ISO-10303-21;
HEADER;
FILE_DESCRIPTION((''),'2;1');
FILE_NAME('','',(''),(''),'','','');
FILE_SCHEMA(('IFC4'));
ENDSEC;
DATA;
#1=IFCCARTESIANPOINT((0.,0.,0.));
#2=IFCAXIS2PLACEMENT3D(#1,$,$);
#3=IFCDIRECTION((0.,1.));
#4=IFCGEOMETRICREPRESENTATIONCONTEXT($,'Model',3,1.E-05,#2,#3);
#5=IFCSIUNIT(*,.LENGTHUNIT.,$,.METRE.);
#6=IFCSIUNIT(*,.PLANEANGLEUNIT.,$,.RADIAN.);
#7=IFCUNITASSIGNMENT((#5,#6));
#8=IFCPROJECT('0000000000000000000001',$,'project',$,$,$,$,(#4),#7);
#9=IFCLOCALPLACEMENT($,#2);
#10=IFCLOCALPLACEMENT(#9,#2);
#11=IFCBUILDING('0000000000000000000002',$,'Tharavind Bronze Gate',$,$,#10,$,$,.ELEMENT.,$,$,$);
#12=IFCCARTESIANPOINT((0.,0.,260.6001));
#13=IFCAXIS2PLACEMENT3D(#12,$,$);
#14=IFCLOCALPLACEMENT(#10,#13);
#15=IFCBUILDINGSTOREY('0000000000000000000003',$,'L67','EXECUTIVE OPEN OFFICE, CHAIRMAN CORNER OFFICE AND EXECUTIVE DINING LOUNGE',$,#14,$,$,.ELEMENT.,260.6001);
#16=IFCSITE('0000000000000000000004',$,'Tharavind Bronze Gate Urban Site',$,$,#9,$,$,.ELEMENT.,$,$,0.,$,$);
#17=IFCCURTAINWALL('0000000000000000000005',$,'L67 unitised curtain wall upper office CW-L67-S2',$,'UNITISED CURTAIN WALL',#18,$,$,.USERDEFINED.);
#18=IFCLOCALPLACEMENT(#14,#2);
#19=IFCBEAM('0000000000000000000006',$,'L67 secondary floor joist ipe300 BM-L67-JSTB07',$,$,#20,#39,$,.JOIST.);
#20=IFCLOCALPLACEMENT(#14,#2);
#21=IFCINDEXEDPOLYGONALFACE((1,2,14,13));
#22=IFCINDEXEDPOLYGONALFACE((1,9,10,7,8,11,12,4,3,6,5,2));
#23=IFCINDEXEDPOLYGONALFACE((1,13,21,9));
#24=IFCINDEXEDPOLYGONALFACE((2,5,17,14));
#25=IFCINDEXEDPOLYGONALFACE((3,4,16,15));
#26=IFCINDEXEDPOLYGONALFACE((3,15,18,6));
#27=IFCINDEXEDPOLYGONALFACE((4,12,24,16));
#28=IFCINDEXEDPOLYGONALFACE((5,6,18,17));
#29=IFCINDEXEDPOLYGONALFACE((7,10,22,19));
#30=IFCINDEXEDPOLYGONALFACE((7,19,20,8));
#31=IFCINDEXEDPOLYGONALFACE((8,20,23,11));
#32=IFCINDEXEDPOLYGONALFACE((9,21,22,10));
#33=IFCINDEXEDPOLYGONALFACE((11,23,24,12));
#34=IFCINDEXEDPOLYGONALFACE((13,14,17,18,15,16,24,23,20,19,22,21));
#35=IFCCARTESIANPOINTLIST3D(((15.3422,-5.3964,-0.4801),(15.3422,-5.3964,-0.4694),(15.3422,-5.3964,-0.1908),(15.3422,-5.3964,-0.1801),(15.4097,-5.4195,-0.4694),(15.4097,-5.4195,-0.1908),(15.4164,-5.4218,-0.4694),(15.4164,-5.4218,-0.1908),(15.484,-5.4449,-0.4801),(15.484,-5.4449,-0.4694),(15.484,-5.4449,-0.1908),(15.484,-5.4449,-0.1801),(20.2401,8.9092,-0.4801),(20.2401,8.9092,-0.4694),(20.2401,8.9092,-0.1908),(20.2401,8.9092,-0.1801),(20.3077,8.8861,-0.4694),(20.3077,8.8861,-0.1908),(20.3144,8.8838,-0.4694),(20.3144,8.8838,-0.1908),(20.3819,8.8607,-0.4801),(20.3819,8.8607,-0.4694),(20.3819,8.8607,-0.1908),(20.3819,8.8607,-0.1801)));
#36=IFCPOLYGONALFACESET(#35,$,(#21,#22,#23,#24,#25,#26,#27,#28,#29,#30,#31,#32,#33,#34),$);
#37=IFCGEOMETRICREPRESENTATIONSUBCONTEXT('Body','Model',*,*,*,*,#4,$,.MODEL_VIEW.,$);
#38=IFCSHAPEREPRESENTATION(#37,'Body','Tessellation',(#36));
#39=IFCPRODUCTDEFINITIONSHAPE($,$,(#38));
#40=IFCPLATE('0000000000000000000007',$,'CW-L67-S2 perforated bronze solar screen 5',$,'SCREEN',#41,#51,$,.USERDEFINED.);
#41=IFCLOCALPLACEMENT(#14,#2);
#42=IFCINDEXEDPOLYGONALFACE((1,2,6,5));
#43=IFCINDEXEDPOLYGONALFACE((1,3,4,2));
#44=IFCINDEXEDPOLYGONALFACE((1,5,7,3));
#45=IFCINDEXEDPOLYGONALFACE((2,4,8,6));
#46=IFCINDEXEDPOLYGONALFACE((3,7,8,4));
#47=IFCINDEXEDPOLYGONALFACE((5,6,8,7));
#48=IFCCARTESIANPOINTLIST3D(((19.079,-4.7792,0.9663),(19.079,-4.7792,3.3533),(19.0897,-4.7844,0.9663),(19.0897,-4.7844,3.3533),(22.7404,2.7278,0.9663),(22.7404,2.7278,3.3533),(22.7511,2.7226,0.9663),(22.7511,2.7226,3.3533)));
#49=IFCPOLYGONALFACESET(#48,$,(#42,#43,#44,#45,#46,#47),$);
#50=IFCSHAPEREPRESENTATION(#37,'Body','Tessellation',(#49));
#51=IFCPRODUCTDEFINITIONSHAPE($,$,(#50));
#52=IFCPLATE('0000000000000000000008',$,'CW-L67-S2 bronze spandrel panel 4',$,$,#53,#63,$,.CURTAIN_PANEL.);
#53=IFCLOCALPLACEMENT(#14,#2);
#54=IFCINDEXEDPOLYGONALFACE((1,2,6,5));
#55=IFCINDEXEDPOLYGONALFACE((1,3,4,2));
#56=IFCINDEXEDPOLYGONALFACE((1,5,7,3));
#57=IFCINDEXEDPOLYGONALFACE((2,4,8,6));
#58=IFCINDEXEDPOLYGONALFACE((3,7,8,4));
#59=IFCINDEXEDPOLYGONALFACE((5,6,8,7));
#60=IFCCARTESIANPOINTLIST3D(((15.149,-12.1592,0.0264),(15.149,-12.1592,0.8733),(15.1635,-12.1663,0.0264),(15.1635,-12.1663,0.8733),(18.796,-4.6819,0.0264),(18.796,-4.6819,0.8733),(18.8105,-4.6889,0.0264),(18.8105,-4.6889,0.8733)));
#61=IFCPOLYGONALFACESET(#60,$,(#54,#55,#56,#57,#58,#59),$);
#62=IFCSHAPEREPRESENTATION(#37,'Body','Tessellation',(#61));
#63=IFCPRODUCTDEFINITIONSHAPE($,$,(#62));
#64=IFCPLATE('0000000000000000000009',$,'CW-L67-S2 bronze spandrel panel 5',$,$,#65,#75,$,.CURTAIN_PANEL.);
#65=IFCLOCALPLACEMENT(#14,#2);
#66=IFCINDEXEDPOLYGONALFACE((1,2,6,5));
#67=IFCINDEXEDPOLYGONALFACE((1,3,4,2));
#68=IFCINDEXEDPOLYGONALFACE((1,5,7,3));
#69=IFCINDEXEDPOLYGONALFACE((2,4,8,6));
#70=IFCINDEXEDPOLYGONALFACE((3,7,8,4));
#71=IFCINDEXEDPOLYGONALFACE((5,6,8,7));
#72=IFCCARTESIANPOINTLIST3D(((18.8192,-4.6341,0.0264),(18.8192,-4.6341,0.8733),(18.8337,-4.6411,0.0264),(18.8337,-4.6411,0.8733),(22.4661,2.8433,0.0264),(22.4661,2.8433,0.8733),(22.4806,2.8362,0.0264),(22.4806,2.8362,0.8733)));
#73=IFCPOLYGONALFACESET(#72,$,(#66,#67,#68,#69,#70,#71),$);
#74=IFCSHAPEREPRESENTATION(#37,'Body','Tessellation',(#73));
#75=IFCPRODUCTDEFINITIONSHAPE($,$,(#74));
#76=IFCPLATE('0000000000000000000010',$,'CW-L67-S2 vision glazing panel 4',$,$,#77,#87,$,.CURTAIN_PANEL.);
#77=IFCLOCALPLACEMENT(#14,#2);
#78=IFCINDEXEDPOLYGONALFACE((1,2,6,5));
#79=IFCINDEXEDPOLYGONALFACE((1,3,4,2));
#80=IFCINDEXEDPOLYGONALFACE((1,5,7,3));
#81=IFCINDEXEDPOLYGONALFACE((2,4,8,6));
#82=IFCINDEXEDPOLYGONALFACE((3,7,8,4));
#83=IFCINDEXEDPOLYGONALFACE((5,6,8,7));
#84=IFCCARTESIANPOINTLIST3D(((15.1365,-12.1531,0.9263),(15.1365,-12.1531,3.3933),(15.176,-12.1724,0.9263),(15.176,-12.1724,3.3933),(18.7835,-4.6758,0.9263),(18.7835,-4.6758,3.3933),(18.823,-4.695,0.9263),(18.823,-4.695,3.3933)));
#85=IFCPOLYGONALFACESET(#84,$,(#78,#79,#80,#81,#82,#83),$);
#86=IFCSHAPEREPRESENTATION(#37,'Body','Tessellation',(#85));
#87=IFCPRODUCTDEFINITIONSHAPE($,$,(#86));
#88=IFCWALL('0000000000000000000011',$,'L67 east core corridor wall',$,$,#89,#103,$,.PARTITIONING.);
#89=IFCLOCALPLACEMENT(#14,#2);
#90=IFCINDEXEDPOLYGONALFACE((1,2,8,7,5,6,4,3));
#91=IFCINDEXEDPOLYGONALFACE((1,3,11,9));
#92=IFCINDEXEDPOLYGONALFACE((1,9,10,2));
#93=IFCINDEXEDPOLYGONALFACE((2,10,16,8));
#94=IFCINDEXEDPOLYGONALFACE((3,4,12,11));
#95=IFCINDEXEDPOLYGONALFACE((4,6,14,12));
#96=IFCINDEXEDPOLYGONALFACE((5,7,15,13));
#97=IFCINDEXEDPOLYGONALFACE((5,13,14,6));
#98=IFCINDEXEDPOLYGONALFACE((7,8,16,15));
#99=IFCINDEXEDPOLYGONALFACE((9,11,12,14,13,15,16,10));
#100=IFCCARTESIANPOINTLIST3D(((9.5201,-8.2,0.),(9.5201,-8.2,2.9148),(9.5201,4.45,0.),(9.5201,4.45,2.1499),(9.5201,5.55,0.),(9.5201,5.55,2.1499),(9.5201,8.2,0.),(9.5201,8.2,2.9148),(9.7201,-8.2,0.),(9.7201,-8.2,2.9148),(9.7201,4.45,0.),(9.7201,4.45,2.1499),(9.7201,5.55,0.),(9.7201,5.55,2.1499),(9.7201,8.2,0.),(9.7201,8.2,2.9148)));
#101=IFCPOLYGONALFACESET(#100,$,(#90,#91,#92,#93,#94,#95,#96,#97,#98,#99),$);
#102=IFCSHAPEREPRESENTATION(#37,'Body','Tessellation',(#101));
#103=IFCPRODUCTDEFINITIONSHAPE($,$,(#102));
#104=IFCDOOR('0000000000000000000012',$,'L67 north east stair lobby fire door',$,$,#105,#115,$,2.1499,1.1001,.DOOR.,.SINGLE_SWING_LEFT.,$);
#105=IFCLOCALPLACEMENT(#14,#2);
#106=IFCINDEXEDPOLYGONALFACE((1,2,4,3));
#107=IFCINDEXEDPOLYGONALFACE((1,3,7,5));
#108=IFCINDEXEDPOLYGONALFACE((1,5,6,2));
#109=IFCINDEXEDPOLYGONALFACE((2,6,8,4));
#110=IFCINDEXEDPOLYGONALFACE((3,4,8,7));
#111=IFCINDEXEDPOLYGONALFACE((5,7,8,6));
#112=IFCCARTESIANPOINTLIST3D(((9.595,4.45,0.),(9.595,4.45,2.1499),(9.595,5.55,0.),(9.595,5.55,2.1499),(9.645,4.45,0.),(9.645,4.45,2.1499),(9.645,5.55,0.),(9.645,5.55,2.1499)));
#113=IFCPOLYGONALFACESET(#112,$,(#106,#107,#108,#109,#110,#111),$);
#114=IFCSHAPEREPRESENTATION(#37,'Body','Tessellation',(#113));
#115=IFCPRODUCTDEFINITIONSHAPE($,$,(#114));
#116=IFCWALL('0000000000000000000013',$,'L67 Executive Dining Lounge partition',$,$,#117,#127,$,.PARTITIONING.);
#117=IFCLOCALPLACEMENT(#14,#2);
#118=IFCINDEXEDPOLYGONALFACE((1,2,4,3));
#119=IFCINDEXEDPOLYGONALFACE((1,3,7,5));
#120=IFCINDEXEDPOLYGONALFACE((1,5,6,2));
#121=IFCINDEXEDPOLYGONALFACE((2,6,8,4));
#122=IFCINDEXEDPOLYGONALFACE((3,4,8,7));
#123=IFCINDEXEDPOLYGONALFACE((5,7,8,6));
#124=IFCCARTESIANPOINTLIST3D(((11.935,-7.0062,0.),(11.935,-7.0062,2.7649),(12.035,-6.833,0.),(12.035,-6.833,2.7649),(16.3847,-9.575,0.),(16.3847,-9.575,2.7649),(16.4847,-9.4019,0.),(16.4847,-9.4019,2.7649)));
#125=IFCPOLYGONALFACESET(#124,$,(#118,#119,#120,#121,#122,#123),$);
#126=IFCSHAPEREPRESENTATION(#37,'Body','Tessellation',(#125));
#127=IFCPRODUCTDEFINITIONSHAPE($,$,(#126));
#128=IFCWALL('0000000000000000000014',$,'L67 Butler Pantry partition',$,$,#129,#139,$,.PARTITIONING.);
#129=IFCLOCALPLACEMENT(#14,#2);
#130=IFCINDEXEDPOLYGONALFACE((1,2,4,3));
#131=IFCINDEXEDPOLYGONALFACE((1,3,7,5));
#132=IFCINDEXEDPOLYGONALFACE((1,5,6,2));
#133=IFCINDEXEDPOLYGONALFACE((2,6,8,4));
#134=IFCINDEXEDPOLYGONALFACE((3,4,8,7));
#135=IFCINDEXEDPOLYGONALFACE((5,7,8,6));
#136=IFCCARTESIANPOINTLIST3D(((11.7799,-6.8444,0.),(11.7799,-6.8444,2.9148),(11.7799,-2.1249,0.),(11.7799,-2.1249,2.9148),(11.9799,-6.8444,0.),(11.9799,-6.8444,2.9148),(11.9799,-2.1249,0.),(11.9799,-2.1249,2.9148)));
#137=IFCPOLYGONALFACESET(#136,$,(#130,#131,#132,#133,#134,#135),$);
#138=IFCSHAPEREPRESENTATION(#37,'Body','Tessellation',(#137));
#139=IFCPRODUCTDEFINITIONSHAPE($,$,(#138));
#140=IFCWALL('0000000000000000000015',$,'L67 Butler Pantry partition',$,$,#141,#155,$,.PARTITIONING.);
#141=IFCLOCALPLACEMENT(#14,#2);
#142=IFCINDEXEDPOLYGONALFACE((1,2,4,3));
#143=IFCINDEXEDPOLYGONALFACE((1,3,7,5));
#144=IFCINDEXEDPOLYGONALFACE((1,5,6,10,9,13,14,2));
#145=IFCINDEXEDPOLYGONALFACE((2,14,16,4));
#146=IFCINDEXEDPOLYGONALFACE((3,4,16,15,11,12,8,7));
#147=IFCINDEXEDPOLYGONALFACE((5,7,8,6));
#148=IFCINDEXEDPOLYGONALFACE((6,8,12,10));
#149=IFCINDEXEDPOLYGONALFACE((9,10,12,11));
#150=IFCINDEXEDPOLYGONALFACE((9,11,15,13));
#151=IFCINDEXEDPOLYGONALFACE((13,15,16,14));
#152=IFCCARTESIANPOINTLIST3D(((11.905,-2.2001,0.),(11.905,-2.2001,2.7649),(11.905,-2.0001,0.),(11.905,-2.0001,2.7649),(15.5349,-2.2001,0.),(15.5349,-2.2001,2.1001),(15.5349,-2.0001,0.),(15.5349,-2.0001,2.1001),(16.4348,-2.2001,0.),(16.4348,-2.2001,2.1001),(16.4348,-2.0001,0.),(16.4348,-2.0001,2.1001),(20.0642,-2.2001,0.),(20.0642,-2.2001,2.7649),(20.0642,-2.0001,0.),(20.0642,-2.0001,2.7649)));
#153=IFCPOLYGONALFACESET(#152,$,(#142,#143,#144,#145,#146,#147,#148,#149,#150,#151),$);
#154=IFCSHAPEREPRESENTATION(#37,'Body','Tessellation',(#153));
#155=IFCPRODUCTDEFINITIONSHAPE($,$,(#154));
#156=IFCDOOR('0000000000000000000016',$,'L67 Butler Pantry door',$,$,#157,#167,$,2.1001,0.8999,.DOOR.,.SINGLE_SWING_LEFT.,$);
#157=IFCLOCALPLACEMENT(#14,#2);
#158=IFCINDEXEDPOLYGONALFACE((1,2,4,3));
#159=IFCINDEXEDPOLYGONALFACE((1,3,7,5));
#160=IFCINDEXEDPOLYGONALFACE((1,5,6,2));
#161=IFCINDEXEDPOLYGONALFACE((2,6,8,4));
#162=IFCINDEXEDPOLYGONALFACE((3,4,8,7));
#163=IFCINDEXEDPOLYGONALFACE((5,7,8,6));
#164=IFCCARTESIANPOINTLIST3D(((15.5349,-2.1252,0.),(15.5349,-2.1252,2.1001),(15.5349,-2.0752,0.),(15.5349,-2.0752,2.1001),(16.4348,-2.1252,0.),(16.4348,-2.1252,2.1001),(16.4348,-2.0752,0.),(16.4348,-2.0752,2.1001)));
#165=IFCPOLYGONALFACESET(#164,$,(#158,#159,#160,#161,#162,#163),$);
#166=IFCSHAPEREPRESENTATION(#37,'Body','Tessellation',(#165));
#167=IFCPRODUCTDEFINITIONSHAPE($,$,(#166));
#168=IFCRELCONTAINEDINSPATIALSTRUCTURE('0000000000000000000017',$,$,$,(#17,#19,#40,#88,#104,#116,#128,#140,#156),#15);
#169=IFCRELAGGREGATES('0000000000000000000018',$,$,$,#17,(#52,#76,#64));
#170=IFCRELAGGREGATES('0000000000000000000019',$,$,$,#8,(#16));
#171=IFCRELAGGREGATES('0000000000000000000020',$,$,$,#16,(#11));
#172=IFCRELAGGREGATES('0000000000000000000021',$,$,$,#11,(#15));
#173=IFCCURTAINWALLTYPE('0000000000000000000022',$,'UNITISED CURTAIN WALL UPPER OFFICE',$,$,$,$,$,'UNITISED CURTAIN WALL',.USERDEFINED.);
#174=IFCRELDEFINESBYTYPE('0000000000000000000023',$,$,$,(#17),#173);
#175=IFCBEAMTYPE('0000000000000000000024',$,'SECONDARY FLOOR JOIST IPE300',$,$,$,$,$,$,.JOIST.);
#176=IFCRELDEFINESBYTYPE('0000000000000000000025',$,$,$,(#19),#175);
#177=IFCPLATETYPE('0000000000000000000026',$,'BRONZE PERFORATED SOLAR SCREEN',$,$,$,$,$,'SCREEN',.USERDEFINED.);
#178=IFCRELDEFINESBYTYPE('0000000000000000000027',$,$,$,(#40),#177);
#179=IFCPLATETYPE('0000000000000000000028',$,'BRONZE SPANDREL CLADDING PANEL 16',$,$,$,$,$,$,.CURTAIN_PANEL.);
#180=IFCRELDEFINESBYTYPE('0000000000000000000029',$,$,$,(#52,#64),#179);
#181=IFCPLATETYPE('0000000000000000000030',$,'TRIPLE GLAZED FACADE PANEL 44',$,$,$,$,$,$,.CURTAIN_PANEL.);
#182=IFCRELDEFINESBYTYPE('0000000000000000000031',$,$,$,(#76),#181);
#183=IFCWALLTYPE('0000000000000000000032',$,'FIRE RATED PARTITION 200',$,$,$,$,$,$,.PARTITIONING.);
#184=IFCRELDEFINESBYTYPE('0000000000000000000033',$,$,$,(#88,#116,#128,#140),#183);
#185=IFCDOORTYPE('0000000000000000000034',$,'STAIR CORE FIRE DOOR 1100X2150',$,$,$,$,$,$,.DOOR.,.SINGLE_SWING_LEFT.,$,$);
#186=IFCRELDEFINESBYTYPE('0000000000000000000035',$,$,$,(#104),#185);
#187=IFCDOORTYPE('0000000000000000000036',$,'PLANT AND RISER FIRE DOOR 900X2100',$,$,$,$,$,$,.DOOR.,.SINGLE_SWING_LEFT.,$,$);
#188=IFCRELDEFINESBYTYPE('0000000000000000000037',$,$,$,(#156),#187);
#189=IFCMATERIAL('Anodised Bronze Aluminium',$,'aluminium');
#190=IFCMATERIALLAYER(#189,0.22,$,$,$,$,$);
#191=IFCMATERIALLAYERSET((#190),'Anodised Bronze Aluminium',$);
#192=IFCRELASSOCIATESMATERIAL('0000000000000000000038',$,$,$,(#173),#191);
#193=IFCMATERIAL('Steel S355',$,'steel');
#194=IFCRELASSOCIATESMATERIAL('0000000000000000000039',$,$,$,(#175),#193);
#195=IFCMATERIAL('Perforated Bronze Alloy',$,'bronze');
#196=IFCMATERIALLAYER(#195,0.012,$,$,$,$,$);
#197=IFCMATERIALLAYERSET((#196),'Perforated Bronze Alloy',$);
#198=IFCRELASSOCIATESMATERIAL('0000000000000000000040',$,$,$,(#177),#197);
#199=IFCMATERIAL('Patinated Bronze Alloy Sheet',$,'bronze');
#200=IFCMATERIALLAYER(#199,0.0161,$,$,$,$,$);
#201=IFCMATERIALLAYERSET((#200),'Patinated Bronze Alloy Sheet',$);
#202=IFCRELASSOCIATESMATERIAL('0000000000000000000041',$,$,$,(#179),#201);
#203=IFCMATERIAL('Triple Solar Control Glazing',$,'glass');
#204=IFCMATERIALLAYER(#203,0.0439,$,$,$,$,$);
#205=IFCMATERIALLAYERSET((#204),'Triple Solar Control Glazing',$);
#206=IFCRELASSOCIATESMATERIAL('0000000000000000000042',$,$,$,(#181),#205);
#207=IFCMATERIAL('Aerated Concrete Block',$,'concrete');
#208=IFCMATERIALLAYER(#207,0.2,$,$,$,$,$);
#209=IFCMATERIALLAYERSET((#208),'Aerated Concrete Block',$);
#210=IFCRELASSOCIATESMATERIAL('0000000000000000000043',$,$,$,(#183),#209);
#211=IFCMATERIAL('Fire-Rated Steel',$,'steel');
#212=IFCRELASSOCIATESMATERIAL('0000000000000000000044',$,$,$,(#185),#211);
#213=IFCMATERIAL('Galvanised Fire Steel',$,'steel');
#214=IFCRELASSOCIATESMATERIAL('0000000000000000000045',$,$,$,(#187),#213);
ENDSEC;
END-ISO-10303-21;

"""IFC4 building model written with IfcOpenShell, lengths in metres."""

from ifc_helpers import new_model, si_unit, direction, frame, frame_2d, origin, origin_2d, place, context, subcontext, project, spatial, rectangle, i_section, extrude, material, layer, layer_set, material_profile, profile_set, type_object, element, fill, aggregate, save


model = new_model("IFC4")

# Units and contexts
model_context = context("Model", 3, precision=1e-05, world=origin(), true_north=direction((0.0, 1.0)))
body_context = subcontext(model_context, "Body", "Model", "MODEL_VIEW")
ifc_project = project(units=[si_unit("LENGTHUNIT", "METRE"), si_unit("PLANEANGLEUNIT", "RADIAN")], contexts=[model_context])

# Site, building, storey
site_placement = place(None, origin())
site = spatial("IfcSite", under=ifc_project, at=site_placement, Name="Tharavind Bronze Gate Urban Site", CompositionType="ELEMENT", RefElevation=0.0)
building_placement = place(site_placement, origin())
building = spatial("IfcBuilding", under=site, at=building_placement, Name="Tharavind Bronze Gate", CompositionType="ELEMENT")
storey_placement = place(building_placement, frame((0.0, 0.0, 260.6001)))
storey = spatial("IfcBuildingStorey", under=building, at=storey_placement, Name="L67", Description="EXECUTIVE OPEN OFFICE, CHAIRMAN CORNER OFFICE AND EXECUTIVE DINING LOUNGE", CompositionType="ELEMENT", Elevation=260.6001)

# Curtain wall
ifc_material_1 = material(Name="Anodised Bronze Aluminium", Category="aluminium")
ifc_layer_1 = layer(ifc_material_1, 0.22)
ifc_layer_set_1 = layer_set([ifc_layer_1], Name="Anodised Bronze Aluminium")
curtain_wall_type = type_object("IfcCurtainWallType", Name="UNITISED CURTAIN WALL UPPER OFFICE", ElementType="UNITISED CURTAIN WALL", PredefinedType="USERDEFINED", material=ifc_layer_set_1)
curtain_wall_placement = place(storey_placement, origin())
curtain_wall = element("IfcCurtainWall", 1, at=curtain_wall_placement, inside=storey, type_object=curtain_wall_type, Name="L67 unitised curtain wall upper office CW-L67-S2", ObjectType="UNITISED CURTAIN WALL", PredefinedType="USERDEFINED")

# Beam
ifc_material_2 = material(Name="Steel S355", Category="steel")
ifc_material_profile_1 = material_profile(ifc_material_2, i_section(OverallWidth=0.1499, OverallDepth=0.3, WebThickness=0.0071, FlangeThickness=0.0107, at=origin_2d()), Name="IPE300")
ifc_profile_set_1 = profile_set([ifc_material_profile_1], Name="Steel S355")
beam_type_1 = type_object("IfcBeamType", Name="SECONDARY FLOOR JOIST IPE300", PredefinedType="JOIST", material=ifc_profile_set_1)
beam_1_placement = place(storey_placement, frame((15.4131, -5.4207, -0.3301), z_axis=(0.323919, 0.946085, 0.0), x_axis=(-0.946085, 0.323919, 0.0)))
element("IfcBeam", 2, at=beam_1_placement, inside=storey, type_object=beam_type_1, Name="L67 secondary floor joist ipe300 BM-L67-JSTB07", PredefinedType="JOIST", context=body_context, shape_type="SweptSolid", body=[
    extrude(i_section(OverallWidth=0.1499, OverallDepth=0.3, WebThickness=0.0071, FlangeThickness=0.0107, at=origin_2d()), origin(), (0.0, 0.0, 1.0), 15.1208),
])

# Plates
ifc_material_3 = material(Name="Perforated Bronze Alloy", Category="bronze")
ifc_layer_2 = layer(ifc_material_3, 0.012)
ifc_layer_set_2 = layer_set([ifc_layer_2], Name="Perforated Bronze Alloy")
plate_type_1 = type_object("IfcPlateType", Name="BRONZE PERFORATED SOLAR SCREEN", ElementType="SCREEN", PredefinedType="USERDEFINED", material=ifc_layer_set_2)
plate_1_placement = place(storey_placement, frame((20.915, -1.0283, 0.9663), z_axis=(0.0, 0.0, 1.0), x_axis=(0.438373, 0.898793, 0.0)))
element("IfcPlate", 3, at=plate_1_placement, inside=storey, type_object=plate_type_1, Name="CW-L67-S2 perforated bronze solar screen 5", ObjectType="SCREEN", PredefinedType="USERDEFINED", context=body_context, shape_type="SweptSolid", body=[
    extrude(rectangle(XDim=8.3523, YDim=0.012, at=origin_2d()), origin(), (0.0, 0.0, 1.0), 2.387),
])
ifc_material_4 = material(Name="Patinated Bronze Alloy Sheet", Category="bronze")
ifc_layer_3 = layer(ifc_material_4, 0.0161)
ifc_layer_set_3 = layer_set([ifc_layer_3], Name="Patinated Bronze Alloy Sheet")
plate_type_2 = type_object("IfcPlateType", Name="BRONZE SPANDREL CLADDING PANEL 16", PredefinedType="CURTAIN_PANEL", material=ifc_layer_set_3)
plate_2_placement = place(storey_placement, frame((16.9797, -8.4241, 0.0264), z_axis=(0.0, 0.0, 1.0), x_axis=(0.438373, 0.898793, 0.0)))
plate_2 = element("IfcPlate", 4, at=plate_2_placement, type_object=plate_type_2, Name="CW-L67-S2 bronze spandrel panel 4", PredefinedType="CURTAIN_PANEL", context=body_context, shape_type="SweptSolid", body=[
    extrude(rectangle(XDim=8.3193, YDim=0.0161, at=origin_2d()), origin(), (0.0, 0.0, 1.0), 0.8469),
])
plate_3_placement = place(storey_placement, frame((20.6499, -0.8989, 0.0264), z_axis=(0.0, 0.0, 1.0), x_axis=(0.438373, 0.898793, 0.0)))
plate_3 = element("IfcPlate", 5, at=plate_3_placement, type_object=plate_type_2, Name="CW-L67-S2 bronze spandrel panel 5", PredefinedType="CURTAIN_PANEL", context=body_context, shape_type="SweptSolid", body=[
    extrude(rectangle(XDim=8.3193, YDim=0.0161, at=origin_2d()), origin(), (0.0, 0.0, 1.0), 0.8469),
])
ifc_material_5 = material(Name="Triple Solar Control Glazing", Category="glass")
ifc_layer_4 = layer(ifc_material_5, 0.0439)
ifc_layer_set_4 = layer_set([ifc_layer_4], Name="Triple Solar Control Glazing")
plate_type_3 = type_object("IfcPlateType", Name="TRIPLE GLAZED FACADE PANEL 44", PredefinedType="CURTAIN_PANEL", material=ifc_layer_set_4)
plate_4_placement = place(storey_placement, frame((16.9797, -8.4241, 0.9263), z_axis=(0.0, 0.0, 1.0), x_axis=(0.438373, 0.898793, 0.0)))
plate_4 = element("IfcPlate", 6, at=plate_4_placement, type_object=plate_type_3, Name="CW-L67-S2 vision glazing panel 4", PredefinedType="CURTAIN_PANEL", context=body_context, shape_type="SweptSolid", body=[
    extrude(rectangle(XDim=8.3193, YDim=0.0439, at=origin_2d()), origin(), (0.0, 0.0, 1.0), 2.467),
])
aggregate(curtain_wall, [plate_2, plate_4, plate_3])

# Wall, opening, door
ifc_material_6 = material(Name="Aerated Concrete Block", Category="concrete")
ifc_layer_5 = layer(ifc_material_6, 0.2)
ifc_layer_set_5 = layer_set([ifc_layer_5], Name="Aerated Concrete Block")
wall_type_1 = type_object("IfcWallType", Name="FIRE RATED PARTITION 200", PredefinedType="PARTITIONING", material=ifc_layer_set_5)
wall_1_placement = place(storey_placement, frame((9.6201, -8.2, 0.0), z_axis=(0.0, 0.0, 1.0), x_axis=(0.0, 1.0, 0.0)))
wall_1 = element("IfcWall", 7, at=wall_1_placement, inside=storey, type_object=wall_type_1, Name="L67 east core corridor wall", PredefinedType="PARTITIONING", context=body_context, shape_type="SweptSolid", body=[
    extrude(rectangle(XDim=16.3999, YDim=0.2, at=frame_2d((8.2, 0.0))), origin(), (0.0, 0.0, 1.0), 2.9148),
])
opening_1_placement = place(wall_1_placement, frame((12.6499, 0.0, 0.0)))
opening_1 = element("IfcOpeningElement", 8, at=opening_1_placement, cuts=wall_1, PredefinedType="OPENING", context=body_context, shape_type="SweptSolid", body=[
    extrude(rectangle(XDim=1.1001, YDim=2.1499, at=frame_2d((0.55, 1.075))), frame((0.0, 0.1101, 0.0), z_axis=(0.0, -1.0, 0.0), x_axis=(1.0, 0.0, 0.0)), (0.0, 0.0, 1.0), 0.22),
])
ifc_material_7 = material(Name="Fire-Rated Steel", Category="steel")
door_type_1 = type_object("IfcDoorType", Name="STAIR CORE FIRE DOOR 1100X2150", OperationType="SINGLE_SWING_LEFT", PredefinedType="DOOR", material=ifc_material_7)
door_1_placement = place(opening_1_placement, frame((1.1001, 0.0, 0.0), z_axis=(0.0, 0.0, 1.0), x_axis=(-1.0, 0.0, 0.0)))
door_1 = element("IfcDoor", 9, at=door_1_placement, inside=storey, type_object=door_type_1, Name="L67 north east stair lobby fire door", OperationType="SINGLE_SWING_LEFT", OverallHeight=2.1499, OverallWidth=1.1001, PredefinedType="DOOR", context=body_context, shape_type="SweptSolid", body=[
    extrude(rectangle(XDim=1.1001, YDim=2.1499, at=frame_2d((0.55, 1.075))), frame((0.0, 0.0249, 0.0), z_axis=(0.0, -1.0, 0.0), x_axis=(1.0, 0.0, 0.0)), (0.0, 0.0, 1.0), 0.05),
])
fill(opening_1, door_1)

# Walls
wall_2_placement = place(storey_placement, frame((11.9851, -6.9197, 0.0), z_axis=(0.0, 0.0, 1.0), x_axis=(0.866042, -0.499972, 0.0)))
element("IfcWall", 10, at=wall_2_placement, inside=storey, type_object=wall_type_1, Name="L67 Executive Dining Lounge partition", PredefinedType="PARTITIONING", context=body_context, shape_type="SweptSolid", body=[
    extrude(rectangle(XDim=5.1379, YDim=0.2, at=frame_2d((2.5688, 0.0))), origin(), (0.0, 0.0, 1.0), 2.7649),
])
wall_3_placement = place(storey_placement, frame((11.8799, -6.8445, 0.0), z_axis=(0.0, 0.0, 1.0), x_axis=(0.0, 1.0, 0.0)))
element("IfcWall", 11, at=wall_3_placement, inside=storey, type_object=wall_type_1, Name="L67 Butler Pantry partition", PredefinedType="PARTITIONING", context=body_context, shape_type="SweptSolid", body=[
    extrude(rectangle(XDim=4.7195, YDim=0.2, at=frame_2d((2.3599, 0.0))), origin(), (0.0, 0.0, 1.0), 2.9148),
])

# Wall, opening, door
wall_4_placement = place(storey_placement, frame((11.905, -2.1001, 0.0), z_axis=(0.0, 0.0, 1.0), x_axis=(1.0, 0.0, 0.0)))
wall_4 = element("IfcWall", 12, at=wall_4_placement, inside=storey, type_object=wall_type_1, Name="L67 Butler Pantry partition", PredefinedType="PARTITIONING", context=body_context, shape_type="SweptSolid", body=[
    extrude(rectangle(XDim=8.1592, YDim=0.2, at=frame_2d((4.0796, 0.0))), origin(), (0.0, 0.0, 1.0), 2.7649),
])
opening_2_placement = place(wall_4_placement, frame((3.6299, 0.0, 0.0)))
opening_2 = element("IfcOpeningElement", 13, at=opening_2_placement, cuts=wall_4, PredefinedType="OPENING", context=body_context, shape_type="SweptSolid", body=[
    extrude(rectangle(XDim=0.8999, YDim=2.1001, at=frame_2d((0.45, 1.05))), frame((0.0, 0.1101, 0.0), z_axis=(0.0, -1.0, 0.0), x_axis=(1.0, 0.0, 0.0)), (0.0, 0.0, 1.0), 0.22),
])
ifc_material_8 = material(Name="Galvanised Fire Steel", Category="steel")
door_type_2 = type_object("IfcDoorType", Name="PLANT AND RISER FIRE DOOR 900X2100", OperationType="SINGLE_SWING_LEFT", PredefinedType="DOOR", material=ifc_material_8)
door_2_placement = place(opening_2_placement, origin())
door_2 = element("IfcDoor", 14, at=door_2_placement, inside=storey, type_object=door_type_2, Name="L67 Butler Pantry door", OperationType="SINGLE_SWING_LEFT", OverallHeight=2.1001, OverallWidth=0.8999, PredefinedType="DOOR", context=body_context, shape_type="SweptSolid", body=[
    extrude(rectangle(XDim=0.8999, YDim=2.1001, at=frame_2d((0.45, 1.05))), frame((0.0, 0.0249, 0.0), z_axis=(0.0, -1.0, 0.0), x_axis=(1.0, 0.0, 0.0)), (0.0, 0.0, 1.0), 0.05),
])
fill(opening_2, door_2)

save(model, "model.ifc")
